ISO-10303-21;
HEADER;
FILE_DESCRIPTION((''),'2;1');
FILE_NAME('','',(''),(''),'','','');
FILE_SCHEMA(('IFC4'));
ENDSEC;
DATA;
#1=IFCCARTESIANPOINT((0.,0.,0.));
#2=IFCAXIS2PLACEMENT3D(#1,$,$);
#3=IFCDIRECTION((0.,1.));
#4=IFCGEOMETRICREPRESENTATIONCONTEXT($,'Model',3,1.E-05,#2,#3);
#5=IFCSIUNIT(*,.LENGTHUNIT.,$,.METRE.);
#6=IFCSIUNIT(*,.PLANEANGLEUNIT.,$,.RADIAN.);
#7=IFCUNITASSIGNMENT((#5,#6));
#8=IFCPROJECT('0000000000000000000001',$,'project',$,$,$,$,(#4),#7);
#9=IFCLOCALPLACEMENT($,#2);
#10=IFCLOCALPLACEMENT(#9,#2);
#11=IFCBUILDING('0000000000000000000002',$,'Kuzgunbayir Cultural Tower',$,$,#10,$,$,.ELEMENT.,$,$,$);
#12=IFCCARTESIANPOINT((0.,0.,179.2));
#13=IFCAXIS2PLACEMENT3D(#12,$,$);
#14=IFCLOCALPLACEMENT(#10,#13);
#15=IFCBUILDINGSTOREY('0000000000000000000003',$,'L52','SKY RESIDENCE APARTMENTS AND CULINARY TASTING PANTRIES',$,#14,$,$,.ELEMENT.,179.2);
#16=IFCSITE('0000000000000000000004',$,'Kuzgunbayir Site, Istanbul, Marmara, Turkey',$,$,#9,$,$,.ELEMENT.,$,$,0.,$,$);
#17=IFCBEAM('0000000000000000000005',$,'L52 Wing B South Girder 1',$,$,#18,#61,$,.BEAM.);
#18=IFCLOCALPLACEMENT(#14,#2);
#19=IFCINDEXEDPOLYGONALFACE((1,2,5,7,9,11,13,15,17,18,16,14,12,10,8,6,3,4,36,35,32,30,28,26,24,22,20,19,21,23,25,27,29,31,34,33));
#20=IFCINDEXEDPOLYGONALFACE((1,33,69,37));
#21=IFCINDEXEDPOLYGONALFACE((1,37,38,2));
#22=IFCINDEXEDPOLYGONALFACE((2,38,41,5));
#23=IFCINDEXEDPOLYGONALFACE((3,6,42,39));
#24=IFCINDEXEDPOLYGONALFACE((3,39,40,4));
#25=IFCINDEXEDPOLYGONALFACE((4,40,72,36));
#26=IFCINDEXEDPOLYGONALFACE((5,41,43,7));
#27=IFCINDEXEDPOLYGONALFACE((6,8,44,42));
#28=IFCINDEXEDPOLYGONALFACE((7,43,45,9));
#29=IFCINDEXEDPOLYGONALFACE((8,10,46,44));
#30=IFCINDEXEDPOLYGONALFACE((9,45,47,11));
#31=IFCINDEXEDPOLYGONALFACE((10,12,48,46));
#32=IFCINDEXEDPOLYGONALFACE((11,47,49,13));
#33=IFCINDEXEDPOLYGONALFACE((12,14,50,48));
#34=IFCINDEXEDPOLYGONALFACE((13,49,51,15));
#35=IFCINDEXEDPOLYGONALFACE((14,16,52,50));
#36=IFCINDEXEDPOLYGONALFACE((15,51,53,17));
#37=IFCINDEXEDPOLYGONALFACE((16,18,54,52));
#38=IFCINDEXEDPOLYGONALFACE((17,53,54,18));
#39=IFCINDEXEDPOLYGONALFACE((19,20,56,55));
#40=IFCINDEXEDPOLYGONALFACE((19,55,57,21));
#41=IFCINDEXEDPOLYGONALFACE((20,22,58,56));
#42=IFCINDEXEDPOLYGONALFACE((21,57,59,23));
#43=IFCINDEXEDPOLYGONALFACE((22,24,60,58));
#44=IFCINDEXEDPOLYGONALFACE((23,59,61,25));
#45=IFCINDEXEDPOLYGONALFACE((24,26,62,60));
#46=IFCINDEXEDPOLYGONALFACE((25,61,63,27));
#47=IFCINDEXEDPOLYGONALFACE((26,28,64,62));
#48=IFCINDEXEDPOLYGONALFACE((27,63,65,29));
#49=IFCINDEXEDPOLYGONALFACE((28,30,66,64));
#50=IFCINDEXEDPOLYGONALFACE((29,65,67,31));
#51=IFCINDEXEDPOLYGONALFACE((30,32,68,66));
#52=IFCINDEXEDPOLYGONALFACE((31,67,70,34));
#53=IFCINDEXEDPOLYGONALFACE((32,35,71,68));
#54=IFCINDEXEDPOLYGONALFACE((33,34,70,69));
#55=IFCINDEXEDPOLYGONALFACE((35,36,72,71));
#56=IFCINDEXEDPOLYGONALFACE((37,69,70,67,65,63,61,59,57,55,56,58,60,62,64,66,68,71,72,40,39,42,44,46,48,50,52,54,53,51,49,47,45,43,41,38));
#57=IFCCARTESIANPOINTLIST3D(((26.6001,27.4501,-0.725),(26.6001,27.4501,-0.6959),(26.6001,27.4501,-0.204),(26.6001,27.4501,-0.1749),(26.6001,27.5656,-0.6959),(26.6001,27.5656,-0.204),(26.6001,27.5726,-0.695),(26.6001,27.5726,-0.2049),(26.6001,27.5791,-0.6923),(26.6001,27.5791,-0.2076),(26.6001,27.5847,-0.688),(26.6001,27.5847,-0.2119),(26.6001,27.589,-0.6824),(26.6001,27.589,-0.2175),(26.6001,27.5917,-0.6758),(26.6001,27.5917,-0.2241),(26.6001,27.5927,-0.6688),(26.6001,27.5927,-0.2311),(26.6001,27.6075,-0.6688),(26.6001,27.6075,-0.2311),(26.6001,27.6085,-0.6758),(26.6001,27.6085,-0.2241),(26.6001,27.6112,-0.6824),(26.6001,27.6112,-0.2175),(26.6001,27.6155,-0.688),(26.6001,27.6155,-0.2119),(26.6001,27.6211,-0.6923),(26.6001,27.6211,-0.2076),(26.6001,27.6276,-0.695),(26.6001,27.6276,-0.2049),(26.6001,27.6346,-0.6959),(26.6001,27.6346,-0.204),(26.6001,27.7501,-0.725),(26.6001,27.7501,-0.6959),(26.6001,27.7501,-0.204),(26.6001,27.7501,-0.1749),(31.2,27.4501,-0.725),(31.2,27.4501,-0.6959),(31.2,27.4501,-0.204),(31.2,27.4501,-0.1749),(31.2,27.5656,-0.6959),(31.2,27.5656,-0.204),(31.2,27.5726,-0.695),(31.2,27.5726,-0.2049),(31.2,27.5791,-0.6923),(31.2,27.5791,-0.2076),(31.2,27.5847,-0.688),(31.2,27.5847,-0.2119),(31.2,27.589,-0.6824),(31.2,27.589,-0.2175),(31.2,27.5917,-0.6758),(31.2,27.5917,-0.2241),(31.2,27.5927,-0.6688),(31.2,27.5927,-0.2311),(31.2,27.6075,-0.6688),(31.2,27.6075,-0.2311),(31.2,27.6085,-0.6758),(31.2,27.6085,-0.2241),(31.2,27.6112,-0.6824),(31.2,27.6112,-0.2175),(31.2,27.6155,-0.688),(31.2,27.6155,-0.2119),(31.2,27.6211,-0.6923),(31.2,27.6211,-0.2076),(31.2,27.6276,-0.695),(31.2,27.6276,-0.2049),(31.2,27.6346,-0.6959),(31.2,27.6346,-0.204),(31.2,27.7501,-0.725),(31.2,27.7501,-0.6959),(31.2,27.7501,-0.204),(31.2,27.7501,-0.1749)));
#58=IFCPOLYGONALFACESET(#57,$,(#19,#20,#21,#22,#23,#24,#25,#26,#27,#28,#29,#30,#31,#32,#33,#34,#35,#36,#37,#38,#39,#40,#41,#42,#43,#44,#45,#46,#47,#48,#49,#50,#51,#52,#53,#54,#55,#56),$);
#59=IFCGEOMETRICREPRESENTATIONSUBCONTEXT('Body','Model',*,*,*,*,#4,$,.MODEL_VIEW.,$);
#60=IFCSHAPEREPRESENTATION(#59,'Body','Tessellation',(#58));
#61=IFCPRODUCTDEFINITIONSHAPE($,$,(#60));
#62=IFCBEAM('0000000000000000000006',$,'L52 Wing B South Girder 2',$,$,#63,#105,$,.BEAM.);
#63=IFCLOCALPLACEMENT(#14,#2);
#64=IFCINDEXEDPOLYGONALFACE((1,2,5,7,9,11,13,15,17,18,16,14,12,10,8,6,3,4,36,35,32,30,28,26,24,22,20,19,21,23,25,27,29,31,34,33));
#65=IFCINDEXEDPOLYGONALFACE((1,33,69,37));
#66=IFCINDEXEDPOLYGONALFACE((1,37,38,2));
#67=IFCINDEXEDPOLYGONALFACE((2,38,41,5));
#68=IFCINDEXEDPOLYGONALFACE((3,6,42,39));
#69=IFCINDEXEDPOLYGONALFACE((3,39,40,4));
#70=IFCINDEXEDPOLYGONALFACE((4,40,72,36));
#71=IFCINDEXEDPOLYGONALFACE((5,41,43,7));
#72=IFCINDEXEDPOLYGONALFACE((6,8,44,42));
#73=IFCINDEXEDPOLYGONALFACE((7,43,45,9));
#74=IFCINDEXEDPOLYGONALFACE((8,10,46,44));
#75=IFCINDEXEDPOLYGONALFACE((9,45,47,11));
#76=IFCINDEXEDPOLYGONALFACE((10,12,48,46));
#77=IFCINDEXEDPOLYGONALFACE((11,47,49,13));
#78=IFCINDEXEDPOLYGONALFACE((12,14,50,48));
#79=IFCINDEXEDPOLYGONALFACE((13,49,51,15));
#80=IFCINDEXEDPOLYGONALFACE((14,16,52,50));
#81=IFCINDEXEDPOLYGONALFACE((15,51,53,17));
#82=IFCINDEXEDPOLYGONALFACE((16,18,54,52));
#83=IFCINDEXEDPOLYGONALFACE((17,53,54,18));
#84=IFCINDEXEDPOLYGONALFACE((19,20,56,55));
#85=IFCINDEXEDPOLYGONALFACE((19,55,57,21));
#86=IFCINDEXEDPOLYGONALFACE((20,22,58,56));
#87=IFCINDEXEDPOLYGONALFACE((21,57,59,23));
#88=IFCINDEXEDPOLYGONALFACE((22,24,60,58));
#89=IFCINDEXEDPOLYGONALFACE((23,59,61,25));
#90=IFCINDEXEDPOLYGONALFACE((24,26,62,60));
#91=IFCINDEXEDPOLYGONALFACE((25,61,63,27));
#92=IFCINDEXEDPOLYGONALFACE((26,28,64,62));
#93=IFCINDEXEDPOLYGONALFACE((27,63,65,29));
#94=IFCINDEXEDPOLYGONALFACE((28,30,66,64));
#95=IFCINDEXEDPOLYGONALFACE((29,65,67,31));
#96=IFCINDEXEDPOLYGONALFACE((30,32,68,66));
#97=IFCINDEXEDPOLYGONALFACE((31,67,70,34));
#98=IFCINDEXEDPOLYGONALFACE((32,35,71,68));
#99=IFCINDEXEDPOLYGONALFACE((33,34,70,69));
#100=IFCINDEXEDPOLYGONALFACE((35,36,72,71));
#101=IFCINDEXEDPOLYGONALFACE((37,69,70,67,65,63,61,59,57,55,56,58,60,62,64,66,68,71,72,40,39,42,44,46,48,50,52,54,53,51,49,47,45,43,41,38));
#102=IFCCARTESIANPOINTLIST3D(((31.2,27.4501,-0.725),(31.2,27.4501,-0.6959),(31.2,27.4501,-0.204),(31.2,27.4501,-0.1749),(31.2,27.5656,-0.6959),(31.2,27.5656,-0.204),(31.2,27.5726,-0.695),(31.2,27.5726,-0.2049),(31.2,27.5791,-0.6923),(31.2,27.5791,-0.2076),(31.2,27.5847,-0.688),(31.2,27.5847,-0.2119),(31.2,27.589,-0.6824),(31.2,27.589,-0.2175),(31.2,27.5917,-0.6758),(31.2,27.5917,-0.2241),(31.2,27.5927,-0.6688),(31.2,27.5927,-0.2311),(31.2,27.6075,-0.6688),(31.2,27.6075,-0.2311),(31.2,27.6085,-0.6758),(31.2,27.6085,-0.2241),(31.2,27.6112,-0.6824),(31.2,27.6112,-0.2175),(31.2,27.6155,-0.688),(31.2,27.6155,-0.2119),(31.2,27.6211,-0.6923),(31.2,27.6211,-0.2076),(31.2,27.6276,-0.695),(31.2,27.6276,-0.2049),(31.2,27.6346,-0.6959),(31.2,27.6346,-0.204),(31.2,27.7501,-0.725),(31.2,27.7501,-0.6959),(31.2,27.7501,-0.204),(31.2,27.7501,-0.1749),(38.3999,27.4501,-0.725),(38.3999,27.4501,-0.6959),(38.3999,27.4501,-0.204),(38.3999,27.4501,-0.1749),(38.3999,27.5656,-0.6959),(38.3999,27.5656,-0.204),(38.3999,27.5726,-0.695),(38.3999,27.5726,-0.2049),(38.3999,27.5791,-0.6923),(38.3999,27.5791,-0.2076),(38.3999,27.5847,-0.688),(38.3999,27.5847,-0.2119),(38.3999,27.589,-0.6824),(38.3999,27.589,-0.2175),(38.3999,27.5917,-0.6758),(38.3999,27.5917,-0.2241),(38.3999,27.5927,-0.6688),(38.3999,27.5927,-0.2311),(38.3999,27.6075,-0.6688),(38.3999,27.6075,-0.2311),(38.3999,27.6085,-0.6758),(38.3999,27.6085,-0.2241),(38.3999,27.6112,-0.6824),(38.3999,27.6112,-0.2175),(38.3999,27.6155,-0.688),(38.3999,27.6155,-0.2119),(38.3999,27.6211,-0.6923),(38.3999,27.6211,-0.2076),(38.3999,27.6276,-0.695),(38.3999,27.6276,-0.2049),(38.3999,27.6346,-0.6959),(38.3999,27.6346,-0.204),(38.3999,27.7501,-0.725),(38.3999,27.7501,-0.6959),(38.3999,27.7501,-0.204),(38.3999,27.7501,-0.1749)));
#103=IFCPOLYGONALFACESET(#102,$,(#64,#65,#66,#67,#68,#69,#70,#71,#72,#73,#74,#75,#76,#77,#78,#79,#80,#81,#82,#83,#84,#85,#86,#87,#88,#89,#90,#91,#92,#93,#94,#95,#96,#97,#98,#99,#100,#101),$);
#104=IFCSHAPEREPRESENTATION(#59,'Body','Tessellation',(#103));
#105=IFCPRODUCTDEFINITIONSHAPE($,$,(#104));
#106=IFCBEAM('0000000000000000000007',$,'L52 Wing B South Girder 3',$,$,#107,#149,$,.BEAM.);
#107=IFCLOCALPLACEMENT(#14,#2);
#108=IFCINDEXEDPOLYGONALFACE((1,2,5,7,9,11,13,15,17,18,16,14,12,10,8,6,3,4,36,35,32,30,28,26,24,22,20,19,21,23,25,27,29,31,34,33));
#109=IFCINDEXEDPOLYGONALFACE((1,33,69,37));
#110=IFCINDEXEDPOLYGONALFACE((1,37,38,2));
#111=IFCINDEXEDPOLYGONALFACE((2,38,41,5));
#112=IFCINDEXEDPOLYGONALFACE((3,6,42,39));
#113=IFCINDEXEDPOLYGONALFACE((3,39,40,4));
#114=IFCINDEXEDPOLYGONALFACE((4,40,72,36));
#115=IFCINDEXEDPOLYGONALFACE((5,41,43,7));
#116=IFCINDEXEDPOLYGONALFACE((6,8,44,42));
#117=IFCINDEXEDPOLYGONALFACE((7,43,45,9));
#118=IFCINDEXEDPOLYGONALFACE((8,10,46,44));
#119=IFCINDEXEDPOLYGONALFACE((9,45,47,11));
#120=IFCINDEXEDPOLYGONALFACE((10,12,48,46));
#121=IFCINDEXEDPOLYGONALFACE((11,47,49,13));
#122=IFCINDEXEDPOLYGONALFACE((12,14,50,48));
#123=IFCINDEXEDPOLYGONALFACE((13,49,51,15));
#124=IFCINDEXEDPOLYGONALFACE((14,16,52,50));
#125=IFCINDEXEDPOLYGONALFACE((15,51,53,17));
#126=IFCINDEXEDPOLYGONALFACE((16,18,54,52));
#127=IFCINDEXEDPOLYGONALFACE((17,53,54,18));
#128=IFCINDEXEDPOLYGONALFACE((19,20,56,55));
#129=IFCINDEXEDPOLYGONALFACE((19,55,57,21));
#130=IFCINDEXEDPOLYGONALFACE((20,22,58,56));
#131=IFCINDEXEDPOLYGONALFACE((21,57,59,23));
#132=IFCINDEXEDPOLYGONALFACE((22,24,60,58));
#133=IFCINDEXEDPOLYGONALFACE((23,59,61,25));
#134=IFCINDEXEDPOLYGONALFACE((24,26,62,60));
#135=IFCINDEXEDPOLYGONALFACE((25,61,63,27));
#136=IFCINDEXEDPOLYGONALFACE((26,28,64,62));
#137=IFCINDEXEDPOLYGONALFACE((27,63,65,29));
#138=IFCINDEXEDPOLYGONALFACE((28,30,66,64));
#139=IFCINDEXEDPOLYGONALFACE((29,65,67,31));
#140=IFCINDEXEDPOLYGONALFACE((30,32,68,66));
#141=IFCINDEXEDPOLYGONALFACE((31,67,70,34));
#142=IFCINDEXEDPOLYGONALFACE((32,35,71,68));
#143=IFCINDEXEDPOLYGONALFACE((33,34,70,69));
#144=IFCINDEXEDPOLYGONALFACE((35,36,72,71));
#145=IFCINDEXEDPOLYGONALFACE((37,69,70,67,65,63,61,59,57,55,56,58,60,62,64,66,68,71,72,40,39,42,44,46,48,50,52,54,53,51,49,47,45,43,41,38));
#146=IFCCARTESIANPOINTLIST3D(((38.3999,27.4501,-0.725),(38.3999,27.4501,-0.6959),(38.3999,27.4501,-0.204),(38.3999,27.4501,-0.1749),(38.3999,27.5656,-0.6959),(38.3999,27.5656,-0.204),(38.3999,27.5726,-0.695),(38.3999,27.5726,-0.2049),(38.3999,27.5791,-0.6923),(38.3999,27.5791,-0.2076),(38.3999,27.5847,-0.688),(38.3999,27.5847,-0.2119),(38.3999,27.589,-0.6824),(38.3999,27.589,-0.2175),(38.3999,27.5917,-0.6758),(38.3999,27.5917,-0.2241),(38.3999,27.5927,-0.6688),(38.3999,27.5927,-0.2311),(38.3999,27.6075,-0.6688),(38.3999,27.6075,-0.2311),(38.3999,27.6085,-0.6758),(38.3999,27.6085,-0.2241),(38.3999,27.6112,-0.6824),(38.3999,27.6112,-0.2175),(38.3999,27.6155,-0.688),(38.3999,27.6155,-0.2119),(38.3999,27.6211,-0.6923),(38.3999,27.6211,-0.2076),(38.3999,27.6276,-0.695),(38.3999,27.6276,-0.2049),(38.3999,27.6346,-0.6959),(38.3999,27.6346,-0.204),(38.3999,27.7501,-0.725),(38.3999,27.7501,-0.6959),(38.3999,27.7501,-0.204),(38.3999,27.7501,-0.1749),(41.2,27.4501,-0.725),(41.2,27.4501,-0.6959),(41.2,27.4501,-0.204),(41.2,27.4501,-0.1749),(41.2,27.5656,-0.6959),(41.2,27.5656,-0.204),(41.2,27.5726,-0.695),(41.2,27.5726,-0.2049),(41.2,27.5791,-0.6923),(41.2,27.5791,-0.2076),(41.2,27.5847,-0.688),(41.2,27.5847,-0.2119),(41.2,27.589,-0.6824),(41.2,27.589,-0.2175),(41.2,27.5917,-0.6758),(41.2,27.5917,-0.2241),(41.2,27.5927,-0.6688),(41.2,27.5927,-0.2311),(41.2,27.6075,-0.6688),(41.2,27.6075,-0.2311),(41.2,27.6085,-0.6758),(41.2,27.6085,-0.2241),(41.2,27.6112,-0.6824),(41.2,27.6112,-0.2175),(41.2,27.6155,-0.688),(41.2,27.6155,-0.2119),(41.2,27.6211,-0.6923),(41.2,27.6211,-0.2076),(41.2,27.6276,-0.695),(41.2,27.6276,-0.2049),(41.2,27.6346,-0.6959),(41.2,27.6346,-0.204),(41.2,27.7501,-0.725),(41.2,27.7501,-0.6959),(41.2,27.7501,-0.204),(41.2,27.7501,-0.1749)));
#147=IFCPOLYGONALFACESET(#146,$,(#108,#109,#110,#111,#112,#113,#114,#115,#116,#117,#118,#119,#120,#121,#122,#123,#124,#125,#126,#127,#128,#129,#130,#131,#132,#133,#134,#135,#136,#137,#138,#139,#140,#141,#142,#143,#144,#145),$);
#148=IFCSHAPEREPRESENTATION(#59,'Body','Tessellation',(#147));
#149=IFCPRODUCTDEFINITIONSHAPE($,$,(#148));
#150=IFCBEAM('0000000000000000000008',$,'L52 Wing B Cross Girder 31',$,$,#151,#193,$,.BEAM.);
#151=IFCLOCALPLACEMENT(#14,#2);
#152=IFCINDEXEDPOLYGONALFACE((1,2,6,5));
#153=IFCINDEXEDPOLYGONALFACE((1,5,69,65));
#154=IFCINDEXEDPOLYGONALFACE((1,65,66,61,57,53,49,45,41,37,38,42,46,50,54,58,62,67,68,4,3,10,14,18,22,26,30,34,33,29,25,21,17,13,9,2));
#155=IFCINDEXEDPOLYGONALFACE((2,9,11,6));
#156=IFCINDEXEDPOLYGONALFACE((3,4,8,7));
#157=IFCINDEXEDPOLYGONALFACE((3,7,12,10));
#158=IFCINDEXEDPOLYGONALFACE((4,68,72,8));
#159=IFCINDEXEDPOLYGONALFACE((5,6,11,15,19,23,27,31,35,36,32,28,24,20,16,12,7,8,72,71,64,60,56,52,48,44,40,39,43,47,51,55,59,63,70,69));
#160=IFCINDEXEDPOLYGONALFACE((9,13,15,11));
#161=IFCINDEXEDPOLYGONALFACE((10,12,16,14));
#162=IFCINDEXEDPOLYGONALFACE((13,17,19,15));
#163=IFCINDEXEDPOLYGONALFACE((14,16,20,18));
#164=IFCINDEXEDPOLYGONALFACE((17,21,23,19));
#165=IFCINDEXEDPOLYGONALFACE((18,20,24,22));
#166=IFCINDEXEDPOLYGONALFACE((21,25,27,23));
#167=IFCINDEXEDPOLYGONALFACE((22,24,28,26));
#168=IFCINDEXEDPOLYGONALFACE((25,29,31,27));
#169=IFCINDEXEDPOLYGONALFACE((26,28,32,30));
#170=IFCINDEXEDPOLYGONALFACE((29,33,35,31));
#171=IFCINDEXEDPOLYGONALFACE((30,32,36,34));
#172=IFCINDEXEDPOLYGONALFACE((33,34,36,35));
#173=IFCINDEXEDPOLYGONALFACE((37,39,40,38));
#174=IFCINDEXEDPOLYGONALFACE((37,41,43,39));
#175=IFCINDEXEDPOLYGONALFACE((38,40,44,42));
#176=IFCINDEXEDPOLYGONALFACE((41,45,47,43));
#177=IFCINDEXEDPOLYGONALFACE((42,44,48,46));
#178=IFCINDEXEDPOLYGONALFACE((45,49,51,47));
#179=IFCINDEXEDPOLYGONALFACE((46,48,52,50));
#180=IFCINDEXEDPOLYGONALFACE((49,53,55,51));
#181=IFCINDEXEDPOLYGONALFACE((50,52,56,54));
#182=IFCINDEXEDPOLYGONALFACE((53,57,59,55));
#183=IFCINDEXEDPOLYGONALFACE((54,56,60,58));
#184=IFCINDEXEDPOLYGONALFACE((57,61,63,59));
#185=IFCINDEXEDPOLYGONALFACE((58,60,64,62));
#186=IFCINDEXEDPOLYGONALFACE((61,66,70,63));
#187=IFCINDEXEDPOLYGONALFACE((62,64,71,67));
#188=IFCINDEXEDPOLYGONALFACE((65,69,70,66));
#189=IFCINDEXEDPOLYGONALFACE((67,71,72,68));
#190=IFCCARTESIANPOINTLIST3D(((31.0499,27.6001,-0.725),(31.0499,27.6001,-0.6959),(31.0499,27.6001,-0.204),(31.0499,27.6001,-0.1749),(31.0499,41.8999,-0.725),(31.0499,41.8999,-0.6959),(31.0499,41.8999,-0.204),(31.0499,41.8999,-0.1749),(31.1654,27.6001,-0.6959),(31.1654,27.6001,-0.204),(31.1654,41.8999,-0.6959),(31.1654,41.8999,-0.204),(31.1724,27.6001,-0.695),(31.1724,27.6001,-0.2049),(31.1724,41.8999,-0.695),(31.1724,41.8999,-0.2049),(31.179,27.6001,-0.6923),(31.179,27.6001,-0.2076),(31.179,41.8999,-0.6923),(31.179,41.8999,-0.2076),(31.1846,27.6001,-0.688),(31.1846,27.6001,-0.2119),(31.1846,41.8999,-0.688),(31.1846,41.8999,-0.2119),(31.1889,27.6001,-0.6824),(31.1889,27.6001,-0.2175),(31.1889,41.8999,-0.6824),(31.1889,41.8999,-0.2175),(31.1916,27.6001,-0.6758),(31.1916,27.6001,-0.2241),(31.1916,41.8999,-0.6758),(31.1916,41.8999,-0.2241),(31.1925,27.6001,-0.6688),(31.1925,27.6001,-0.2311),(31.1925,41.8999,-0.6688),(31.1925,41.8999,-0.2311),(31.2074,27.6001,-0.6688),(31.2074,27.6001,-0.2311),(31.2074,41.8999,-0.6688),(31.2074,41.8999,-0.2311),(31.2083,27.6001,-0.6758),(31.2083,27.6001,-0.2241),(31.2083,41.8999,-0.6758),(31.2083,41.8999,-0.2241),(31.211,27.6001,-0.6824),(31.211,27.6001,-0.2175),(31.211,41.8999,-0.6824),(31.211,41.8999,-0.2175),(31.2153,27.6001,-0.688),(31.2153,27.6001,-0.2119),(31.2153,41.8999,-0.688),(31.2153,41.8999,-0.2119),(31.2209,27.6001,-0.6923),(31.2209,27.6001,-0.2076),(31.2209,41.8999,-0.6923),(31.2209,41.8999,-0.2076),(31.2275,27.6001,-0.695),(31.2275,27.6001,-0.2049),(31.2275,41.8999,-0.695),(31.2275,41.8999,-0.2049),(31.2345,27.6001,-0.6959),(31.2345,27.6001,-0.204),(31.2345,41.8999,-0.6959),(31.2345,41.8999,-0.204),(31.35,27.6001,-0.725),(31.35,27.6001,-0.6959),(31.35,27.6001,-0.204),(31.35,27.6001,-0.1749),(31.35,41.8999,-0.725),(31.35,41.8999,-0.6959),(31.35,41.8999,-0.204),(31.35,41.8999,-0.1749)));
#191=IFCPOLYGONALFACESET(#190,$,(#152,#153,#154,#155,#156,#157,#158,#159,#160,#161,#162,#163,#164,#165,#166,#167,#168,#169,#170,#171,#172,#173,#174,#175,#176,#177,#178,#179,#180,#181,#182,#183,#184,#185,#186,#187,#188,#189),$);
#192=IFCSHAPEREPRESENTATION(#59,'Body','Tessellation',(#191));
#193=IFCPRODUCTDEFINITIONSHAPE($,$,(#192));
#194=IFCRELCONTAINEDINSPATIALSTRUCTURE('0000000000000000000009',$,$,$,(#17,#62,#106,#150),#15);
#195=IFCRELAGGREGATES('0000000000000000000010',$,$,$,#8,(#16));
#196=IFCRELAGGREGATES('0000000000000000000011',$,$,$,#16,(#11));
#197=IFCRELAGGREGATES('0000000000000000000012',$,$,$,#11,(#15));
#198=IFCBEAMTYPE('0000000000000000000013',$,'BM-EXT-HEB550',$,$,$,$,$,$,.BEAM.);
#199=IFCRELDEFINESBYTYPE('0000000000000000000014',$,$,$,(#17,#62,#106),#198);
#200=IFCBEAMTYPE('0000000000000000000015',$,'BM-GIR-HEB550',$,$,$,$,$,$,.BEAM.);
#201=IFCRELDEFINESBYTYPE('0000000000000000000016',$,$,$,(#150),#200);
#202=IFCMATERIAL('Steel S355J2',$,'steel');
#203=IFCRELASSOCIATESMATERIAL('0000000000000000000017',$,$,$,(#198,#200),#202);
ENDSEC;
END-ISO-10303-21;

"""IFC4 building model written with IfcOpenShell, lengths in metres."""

from ifc_helpers import new_model, si_unit, direction, frame, origin, origin_2d, place, context, subcontext, project, spatial, i_section, extrude, material, material_profile, profile_set, type_object, element, save


model = new_model("IFC4")

# Units and contexts
model_context = context("Model", 3, precision=1e-05, world=origin(), true_north=direction((0.0, 1.0)))
body_context = subcontext(model_context, "Body", "Model", "MODEL_VIEW")
ifc_project = project(units=[si_unit("LENGTHUNIT", "METRE"), si_unit("PLANEANGLEUNIT", "RADIAN")], contexts=[model_context])

# Site, building, storey
site_placement = place(None, origin())
site = spatial("IfcSite", under=ifc_project, at=site_placement, Name="Kuzgunbayir Site, Istanbul, Marmara, Turkey", CompositionType="ELEMENT", RefElevation=0.0)
building_placement = place(site_placement, origin())
building = spatial("IfcBuilding", under=site, at=building_placement, Name="Kuzgunbayir Cultural Tower", CompositionType="ELEMENT")
storey_placement = place(building_placement, frame((0.0, 0.0, 179.2)))
storey = spatial("IfcBuildingStorey", under=building, at=storey_placement, Name="L52", Description="SKY RESIDENCE APARTMENTS AND CULINARY TASTING PANTRIES", CompositionType="ELEMENT", Elevation=179.2)

# Beams
ifc_material_1 = material(Name="Steel S355J2", Category="steel")
ifc_material_profile_1 = material_profile(ifc_material_1, i_section(OverallWidth=0.3, OverallDepth=0.55, WebThickness=0.0149, FlangeThickness=0.0291, FilletRadius=0.0271, at=origin_2d()), Name="HEB 550")
ifc_profile_set_1 = profile_set([ifc_material_profile_1], Name="Steel S355J2")
beam_type_1 = type_object("IfcBeamType", Name="BM-EXT-HEB550", PredefinedType="BEAM", material=ifc_profile_set_1)
beam_1_placement = place(storey_placement, frame((26.6001, 27.6001, -0.45), z_axis=(1.0, 0.0, 0.0), x_axis=(0.0, 1.0, 0.0)))
element("IfcBeam", 1, at=beam_1_placement, inside=storey, type_object=beam_type_1, Name="L52 Wing B South Girder 1", PredefinedType="BEAM", context=body_context, shape_type="SweptSolid", body=[
    extrude(i_section(OverallWidth=0.3, OverallDepth=0.55, WebThickness=0.0149, FlangeThickness=0.0291, FilletRadius=0.0271, at=origin_2d()), origin(), (0.0, 0.0, 1.0), 4.5999),
])
beam_2_placement = place(storey_placement, frame((31.2, 27.6001, -0.45), z_axis=(1.0, 0.0, 0.0), x_axis=(0.0, 1.0, 0.0)))
element("IfcBeam", 2, at=beam_2_placement, inside=storey, type_object=beam_type_1, Name="L52 Wing B South Girder 2", PredefinedType="BEAM", context=body_context, shape_type="SweptSolid", body=[
    extrude(i_section(OverallWidth=0.3, OverallDepth=0.55, WebThickness=0.0149, FlangeThickness=0.0291, FilletRadius=0.0271, at=origin_2d()), origin(), (0.0, 0.0, 1.0), 7.2),
])
beam_3_placement = place(storey_placement, frame((38.3999, 27.6001, -0.45), z_axis=(1.0, 0.0, 0.0), x_axis=(0.0, 1.0, 0.0)))
element("IfcBeam", 3, at=beam_3_placement, inside=storey, type_object=beam_type_1, Name="L52 Wing B South Girder 3", PredefinedType="BEAM", context=body_context, shape_type="SweptSolid", body=[
    extrude(i_section(OverallWidth=0.3, OverallDepth=0.55, WebThickness=0.0149, FlangeThickness=0.0291, FilletRadius=0.0271, at=origin_2d()), origin(), (0.0, 0.0, 1.0), 2.8),
])
ifc_material_profile_2 = material_profile(ifc_material_1, i_section(OverallWidth=0.3, OverallDepth=0.55, WebThickness=0.0149, FlangeThickness=0.0291, FilletRadius=0.0271, at=origin_2d()), Name="HEB 550")
ifc_profile_set_2 = profile_set([ifc_material_profile_2], Name="Steel S355J2")
beam_type_2 = type_object("IfcBeamType", Name="BM-GIR-HEB550", PredefinedType="BEAM", material=ifc_profile_set_2)
beam_4_placement = place(storey_placement, frame((31.2, 27.6001, -0.45), z_axis=(0.0, 1.0, 0.0), x_axis=(-1.0, 0.0, 0.0)))
element("IfcBeam", 4, at=beam_4_placement, inside=storey, type_object=beam_type_2, Name="L52 Wing B Cross Girder 31", PredefinedType="BEAM", context=body_context, shape_type="SweptSolid", body=[
    extrude(i_section(OverallWidth=0.3, OverallDepth=0.55, WebThickness=0.0149, FlangeThickness=0.0291, FilletRadius=0.0271, at=origin_2d()), origin(), (0.0, 0.0, 1.0), 14.2998),
])

save(model, "model.ifc")
